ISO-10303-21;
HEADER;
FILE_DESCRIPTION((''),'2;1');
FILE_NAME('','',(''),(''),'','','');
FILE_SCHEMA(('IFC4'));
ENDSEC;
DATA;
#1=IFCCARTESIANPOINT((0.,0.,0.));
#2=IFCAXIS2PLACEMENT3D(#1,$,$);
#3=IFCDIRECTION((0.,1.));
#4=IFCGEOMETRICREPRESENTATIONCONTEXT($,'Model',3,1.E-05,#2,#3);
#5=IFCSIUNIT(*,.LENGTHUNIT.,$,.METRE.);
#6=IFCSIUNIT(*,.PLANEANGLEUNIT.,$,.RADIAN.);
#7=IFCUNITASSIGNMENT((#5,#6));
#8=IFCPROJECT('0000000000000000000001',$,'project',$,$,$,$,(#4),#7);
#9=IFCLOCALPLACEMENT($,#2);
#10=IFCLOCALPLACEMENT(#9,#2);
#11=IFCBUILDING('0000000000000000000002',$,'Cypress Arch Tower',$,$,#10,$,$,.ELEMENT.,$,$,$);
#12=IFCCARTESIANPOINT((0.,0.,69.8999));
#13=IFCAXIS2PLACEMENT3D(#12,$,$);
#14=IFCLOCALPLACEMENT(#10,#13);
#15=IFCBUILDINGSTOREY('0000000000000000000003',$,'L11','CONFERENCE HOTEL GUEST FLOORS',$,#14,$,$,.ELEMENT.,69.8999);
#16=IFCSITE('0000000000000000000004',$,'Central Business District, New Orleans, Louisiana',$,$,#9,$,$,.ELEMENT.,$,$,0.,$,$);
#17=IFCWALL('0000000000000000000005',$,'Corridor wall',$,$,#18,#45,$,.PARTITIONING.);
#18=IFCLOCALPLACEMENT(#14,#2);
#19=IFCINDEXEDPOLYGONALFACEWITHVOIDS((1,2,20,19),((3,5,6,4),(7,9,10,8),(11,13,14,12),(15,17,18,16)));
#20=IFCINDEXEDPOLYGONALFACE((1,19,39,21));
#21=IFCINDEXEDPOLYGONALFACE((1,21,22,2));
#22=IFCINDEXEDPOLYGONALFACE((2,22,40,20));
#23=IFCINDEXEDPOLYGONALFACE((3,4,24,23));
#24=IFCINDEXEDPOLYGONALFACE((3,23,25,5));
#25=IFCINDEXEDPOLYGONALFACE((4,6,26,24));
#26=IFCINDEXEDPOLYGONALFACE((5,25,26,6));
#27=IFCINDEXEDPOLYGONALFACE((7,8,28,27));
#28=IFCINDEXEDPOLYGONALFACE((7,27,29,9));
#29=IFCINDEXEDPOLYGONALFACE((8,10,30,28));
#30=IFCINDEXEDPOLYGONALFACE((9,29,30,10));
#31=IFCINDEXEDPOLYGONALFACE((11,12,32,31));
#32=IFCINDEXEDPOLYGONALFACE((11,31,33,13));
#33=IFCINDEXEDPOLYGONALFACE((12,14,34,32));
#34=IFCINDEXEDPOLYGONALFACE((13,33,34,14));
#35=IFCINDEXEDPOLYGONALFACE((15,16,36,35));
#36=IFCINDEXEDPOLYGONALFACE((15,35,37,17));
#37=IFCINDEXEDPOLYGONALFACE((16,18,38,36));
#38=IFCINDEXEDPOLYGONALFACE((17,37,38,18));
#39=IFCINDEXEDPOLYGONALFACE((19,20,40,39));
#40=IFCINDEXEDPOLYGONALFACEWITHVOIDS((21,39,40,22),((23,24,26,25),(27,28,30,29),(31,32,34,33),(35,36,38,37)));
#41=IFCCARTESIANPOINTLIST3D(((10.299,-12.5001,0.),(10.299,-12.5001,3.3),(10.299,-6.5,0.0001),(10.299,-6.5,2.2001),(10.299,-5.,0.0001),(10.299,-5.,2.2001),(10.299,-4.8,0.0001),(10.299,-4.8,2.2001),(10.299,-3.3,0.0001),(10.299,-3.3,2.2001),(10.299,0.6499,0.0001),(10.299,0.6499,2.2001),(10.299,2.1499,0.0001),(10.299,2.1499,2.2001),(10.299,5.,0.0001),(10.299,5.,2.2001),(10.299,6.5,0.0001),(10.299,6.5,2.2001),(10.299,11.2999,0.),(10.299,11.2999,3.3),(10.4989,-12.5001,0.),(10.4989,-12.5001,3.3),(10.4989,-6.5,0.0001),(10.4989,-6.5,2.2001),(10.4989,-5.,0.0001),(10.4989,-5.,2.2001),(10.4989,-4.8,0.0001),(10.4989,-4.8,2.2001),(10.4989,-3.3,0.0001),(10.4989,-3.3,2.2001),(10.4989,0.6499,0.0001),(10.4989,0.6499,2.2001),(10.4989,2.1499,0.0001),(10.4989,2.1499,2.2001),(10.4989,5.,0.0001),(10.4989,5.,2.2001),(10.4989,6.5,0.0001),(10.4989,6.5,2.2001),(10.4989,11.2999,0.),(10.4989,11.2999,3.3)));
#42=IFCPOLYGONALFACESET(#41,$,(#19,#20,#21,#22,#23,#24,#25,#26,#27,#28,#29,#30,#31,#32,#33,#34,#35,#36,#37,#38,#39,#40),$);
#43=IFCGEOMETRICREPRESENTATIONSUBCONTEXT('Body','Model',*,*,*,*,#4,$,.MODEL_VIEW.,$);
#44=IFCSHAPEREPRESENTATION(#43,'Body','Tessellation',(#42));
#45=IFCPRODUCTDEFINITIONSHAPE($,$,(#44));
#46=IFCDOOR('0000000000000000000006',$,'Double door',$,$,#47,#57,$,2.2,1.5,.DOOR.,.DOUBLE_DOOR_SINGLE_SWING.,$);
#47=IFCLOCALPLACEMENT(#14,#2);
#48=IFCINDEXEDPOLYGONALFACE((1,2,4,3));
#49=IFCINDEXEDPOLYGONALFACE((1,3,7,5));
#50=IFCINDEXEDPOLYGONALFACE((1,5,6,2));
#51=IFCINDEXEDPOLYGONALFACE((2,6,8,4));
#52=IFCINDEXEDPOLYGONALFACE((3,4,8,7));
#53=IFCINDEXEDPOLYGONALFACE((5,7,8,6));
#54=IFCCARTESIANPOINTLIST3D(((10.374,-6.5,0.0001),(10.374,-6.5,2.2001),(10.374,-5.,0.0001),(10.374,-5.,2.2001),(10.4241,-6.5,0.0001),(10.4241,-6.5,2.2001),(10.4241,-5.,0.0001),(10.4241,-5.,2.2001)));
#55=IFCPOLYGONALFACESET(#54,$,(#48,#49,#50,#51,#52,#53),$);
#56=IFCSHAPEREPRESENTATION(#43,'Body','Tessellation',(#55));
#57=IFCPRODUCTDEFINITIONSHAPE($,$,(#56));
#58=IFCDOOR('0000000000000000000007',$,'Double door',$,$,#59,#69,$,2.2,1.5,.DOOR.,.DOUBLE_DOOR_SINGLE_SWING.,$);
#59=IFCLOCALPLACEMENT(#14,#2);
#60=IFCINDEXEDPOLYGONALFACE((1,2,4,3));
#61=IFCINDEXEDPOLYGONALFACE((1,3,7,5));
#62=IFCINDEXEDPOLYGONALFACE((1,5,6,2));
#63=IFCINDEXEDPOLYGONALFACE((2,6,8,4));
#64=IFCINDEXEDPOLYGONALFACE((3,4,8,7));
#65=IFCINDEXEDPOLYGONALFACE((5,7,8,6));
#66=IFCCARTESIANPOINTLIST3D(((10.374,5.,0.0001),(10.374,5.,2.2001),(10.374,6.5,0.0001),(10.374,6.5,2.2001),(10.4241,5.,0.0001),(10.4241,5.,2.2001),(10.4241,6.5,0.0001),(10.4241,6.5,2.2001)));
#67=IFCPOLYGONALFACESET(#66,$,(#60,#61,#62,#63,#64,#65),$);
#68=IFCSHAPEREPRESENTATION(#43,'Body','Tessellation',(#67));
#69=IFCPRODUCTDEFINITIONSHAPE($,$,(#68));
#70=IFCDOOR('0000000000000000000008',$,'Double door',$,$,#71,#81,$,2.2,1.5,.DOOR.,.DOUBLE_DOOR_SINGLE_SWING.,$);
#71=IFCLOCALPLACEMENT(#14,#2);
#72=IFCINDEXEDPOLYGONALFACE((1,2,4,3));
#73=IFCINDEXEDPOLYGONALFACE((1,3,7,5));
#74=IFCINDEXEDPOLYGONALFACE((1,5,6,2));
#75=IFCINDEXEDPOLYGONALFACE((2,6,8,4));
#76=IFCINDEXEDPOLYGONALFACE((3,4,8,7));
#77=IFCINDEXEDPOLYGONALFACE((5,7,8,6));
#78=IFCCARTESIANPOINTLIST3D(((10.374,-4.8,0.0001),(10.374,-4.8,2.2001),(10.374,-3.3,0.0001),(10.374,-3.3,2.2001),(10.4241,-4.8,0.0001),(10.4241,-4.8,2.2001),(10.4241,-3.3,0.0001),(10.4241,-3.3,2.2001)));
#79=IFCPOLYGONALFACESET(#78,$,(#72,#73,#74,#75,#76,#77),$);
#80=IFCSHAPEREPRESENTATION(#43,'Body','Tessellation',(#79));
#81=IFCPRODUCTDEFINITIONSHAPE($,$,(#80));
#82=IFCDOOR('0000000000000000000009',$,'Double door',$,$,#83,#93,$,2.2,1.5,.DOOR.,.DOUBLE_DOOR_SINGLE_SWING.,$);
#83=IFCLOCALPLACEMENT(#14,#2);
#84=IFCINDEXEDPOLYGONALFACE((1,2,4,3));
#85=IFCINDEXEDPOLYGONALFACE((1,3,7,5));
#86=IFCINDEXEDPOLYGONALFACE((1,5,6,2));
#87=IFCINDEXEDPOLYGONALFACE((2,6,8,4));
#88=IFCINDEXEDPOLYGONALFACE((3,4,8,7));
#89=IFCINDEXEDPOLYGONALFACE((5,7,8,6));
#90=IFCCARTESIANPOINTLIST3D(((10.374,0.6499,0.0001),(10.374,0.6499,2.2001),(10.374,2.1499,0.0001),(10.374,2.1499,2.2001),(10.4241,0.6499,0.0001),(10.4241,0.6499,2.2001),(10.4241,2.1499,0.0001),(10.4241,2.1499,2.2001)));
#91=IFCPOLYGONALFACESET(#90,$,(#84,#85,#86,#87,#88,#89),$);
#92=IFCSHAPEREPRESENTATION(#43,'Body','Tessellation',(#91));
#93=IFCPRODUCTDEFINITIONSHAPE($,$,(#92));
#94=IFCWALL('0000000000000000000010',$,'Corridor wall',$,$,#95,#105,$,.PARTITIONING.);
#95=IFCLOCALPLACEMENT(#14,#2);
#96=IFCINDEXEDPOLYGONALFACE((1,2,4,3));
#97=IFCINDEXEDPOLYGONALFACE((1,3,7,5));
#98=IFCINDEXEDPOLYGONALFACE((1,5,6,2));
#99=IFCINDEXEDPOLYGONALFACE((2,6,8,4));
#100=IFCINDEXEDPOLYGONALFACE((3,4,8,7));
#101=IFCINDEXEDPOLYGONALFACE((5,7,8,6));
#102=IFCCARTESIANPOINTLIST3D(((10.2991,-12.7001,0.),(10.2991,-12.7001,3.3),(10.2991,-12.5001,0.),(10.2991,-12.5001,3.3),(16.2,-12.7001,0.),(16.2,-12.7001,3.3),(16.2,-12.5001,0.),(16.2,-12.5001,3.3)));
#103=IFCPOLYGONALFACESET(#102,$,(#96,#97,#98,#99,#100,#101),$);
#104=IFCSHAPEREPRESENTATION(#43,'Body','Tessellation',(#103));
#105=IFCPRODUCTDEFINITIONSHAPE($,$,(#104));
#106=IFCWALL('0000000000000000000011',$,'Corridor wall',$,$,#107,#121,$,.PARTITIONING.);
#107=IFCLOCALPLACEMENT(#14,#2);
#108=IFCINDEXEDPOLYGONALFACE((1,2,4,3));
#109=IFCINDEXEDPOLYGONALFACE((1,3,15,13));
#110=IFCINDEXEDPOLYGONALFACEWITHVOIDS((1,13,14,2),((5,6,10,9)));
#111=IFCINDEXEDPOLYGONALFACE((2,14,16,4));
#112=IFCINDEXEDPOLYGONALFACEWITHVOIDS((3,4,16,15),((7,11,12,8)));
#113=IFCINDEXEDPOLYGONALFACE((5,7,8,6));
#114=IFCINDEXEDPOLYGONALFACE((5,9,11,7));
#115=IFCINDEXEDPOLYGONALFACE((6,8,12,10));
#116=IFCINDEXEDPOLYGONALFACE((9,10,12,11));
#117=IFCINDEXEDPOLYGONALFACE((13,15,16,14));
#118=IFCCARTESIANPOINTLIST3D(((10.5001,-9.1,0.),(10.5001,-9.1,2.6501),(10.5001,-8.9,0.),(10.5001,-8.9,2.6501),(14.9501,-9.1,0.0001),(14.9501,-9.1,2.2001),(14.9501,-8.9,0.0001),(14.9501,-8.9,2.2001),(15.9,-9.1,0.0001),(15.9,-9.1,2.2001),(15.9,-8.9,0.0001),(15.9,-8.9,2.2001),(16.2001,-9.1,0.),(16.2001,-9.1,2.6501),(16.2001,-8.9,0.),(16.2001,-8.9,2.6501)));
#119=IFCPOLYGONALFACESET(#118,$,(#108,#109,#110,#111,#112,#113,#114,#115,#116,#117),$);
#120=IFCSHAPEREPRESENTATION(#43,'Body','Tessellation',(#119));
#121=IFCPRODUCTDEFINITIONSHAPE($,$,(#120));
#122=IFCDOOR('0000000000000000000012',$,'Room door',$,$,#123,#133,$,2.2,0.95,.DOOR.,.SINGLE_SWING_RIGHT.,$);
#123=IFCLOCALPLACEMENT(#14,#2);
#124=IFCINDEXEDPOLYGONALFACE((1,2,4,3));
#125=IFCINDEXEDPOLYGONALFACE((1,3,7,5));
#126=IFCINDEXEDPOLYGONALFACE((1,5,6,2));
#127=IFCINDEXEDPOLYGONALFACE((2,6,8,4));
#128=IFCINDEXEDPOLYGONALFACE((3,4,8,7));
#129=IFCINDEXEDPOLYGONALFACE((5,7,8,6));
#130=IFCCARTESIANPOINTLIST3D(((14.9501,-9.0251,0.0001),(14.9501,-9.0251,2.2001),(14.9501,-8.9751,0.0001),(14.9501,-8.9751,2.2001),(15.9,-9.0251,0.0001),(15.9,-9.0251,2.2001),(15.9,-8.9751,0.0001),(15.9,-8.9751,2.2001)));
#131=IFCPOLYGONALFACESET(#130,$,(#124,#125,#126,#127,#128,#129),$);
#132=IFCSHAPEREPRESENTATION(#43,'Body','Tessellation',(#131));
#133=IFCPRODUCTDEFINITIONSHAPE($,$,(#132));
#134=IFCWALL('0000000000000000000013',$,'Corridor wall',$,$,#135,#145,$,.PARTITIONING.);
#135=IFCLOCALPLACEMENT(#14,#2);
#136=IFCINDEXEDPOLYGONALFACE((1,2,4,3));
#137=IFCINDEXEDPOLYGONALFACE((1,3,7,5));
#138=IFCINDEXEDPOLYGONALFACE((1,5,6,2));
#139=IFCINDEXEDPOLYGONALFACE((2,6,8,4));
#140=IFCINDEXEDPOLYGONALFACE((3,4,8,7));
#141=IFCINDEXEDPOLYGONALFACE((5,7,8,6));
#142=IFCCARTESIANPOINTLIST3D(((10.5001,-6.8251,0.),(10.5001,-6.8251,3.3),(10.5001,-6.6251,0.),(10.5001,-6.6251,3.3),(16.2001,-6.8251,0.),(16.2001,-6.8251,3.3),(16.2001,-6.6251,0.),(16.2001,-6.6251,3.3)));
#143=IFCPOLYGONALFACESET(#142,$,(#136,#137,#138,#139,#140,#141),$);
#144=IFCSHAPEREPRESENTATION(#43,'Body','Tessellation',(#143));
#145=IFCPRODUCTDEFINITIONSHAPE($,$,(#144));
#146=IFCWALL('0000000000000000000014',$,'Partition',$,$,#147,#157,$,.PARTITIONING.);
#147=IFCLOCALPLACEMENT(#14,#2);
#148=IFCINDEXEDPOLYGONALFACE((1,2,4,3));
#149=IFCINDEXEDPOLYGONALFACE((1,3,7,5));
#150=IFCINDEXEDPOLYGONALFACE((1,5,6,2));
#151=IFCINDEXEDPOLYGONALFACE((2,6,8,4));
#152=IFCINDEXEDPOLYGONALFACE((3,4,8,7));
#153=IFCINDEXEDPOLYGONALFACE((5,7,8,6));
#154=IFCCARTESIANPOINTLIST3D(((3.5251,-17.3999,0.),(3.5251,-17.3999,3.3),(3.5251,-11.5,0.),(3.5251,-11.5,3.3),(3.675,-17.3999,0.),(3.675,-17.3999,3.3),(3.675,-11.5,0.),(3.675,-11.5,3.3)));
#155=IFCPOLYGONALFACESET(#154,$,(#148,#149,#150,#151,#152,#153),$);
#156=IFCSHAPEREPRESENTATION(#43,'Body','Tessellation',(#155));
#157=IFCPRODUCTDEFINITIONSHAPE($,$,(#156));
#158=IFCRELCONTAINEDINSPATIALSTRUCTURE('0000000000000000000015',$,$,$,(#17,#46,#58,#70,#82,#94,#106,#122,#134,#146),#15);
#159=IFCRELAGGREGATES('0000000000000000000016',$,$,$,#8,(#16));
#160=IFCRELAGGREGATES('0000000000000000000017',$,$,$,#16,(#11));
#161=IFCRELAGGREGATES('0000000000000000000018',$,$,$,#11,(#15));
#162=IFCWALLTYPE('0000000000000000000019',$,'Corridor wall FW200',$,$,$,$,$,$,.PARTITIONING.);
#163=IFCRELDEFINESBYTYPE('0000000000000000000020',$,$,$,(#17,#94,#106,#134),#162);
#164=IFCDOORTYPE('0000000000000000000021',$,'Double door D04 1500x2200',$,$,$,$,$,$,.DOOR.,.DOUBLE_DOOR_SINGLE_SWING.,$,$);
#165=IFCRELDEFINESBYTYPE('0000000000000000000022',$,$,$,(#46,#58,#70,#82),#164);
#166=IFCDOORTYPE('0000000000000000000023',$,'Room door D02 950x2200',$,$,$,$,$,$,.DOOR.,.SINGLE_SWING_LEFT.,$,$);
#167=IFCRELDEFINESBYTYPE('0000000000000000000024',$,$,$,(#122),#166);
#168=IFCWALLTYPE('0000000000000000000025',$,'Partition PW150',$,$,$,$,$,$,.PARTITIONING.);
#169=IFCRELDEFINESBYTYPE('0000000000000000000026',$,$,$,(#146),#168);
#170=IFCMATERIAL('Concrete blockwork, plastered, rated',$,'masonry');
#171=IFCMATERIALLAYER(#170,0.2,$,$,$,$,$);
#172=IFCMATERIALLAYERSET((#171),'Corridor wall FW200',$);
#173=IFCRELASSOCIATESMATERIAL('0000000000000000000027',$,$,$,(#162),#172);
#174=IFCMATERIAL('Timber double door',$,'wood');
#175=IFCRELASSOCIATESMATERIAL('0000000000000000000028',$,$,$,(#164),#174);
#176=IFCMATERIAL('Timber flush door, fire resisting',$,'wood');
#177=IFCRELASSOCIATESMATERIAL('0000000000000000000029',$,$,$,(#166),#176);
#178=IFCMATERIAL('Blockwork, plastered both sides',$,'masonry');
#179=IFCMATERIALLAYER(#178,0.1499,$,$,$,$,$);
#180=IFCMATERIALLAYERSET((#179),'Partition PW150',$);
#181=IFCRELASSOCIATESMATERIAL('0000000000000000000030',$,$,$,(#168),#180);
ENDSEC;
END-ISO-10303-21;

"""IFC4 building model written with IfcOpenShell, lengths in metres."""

from ifc_helpers import new_model, si_unit, direction, frame, frame_2d, origin, place, context, subcontext, project, spatial, rectangle, extrude, material, layer, layer_set, type_object, element, fill, save


model = new_model("IFC4")

# Units and contexts
model_context = context("Model", 3, precision=1e-05, world=origin(), true_north=direction((0.0, 1.0)))
body_context = subcontext(model_context, "Body", "Model", "MODEL_VIEW")
ifc_project = project(units=[si_unit("LENGTHUNIT", "METRE"), si_unit("PLANEANGLEUNIT", "RADIAN")], contexts=[model_context])

# Site, building, storey
site_placement = place(None, origin())
site = spatial("IfcSite", under=ifc_project, at=site_placement, Name="Central Business District, New Orleans, Louisiana", CompositionType="ELEMENT", RefElevation=0.0)
building_placement = place(site_placement, origin())
building = spatial("IfcBuilding", under=site, at=building_placement, Name="Cypress Arch Tower", CompositionType="ELEMENT")
storey_placement = place(building_placement, frame((0.0, 0.0, 69.8999)))
storey = spatial("IfcBuildingStorey", under=building, at=storey_placement, Name="L11", Description="CONFERENCE HOTEL GUEST FLOORS", CompositionType="ELEMENT", Elevation=69.8999)

# Shared definitions
ifc_material_1 = material(Name="Concrete blockwork, plastered, rated", Category="masonry")
ifc_layer_1 = layer(ifc_material_1, 0.2)
ifc_layer_set_1 = layer_set([ifc_layer_1], Name="Corridor wall FW200")
wall_type_1 = type_object("IfcWallType", Name="Corridor wall FW200", PredefinedType="PARTITIONING", material=ifc_layer_set_1)

# Wall, openings, doors
wall_1_placement = place(storey_placement, frame((10.3989, -12.5, 0.0), z_axis=(0.0, 0.0, 1.0), x_axis=(0.0, 1.0, 0.0)))
wall_1 = element("IfcWall", 1, at=wall_1_placement, inside=storey, type_object=wall_type_1, Name="Corridor wall", PredefinedType="PARTITIONING", context=body_context, shape_type="SweptSolid", body=[
    extrude(rectangle(XDim=23.8, YDim=0.2, at=frame_2d((11.8999, 0.0))), origin(), (0.0, 0.0, 1.0), 3.3),
])
opening_1_placement = place(wall_1_placement, frame((6.0, 0.0, 0.0)))
opening_1 = element("IfcOpeningElement", 2, at=opening_1_placement, cuts=wall_1, PredefinedType="OPENING", context=body_context, shape_type="SweptSolid", body=[
    extrude(rectangle(XDim=1.5, YDim=2.2, at=frame_2d((0.75, 1.1001))), frame((0.0, 0.1099, 0.0), z_axis=(0.0, -1.0, 0.0), x_axis=(1.0, 0.0, 0.0)), (0.0, 0.0, 1.0), 0.22),
])
opening_2_placement = place(wall_1_placement, frame((17.5, 0.0, 0.0)))
opening_2 = element("IfcOpeningElement", 3, at=opening_2_placement, cuts=wall_1, PredefinedType="OPENING", context=body_context, shape_type="SweptSolid", body=[
    extrude(rectangle(XDim=1.5, YDim=2.2, at=frame_2d((0.75, 1.1001))), frame((0.0, 0.1099, 0.0), z_axis=(0.0, -1.0, 0.0), x_axis=(1.0, 0.0, 0.0)), (0.0, 0.0, 1.0), 0.22),
])
opening_3_placement = place(wall_1_placement, frame((7.7, 0.0, 0.0)))
opening_3 = element("IfcOpeningElement", 4, at=opening_3_placement, cuts=wall_1, PredefinedType="OPENING", context=body_context, shape_type="SweptSolid", body=[
    extrude(rectangle(XDim=1.5, YDim=2.2, at=frame_2d((0.75, 1.1001))), frame((0.0, 0.1099, 0.0), z_axis=(0.0, -1.0, 0.0), x_axis=(1.0, 0.0, 0.0)), (0.0, 0.0, 1.0), 0.22),
])
opening_4_placement = place(wall_1_placement, frame((13.1499, 0.0, 0.0)))
opening_4 = element("IfcOpeningElement", 5, at=opening_4_placement, cuts=wall_1, PredefinedType="OPENING", context=body_context, shape_type="SweptSolid", body=[
    extrude(rectangle(XDim=1.5, YDim=2.2, at=frame_2d((0.75, 1.1001))), frame((0.0, 0.1099, 0.0), z_axis=(0.0, -1.0, 0.0), x_axis=(1.0, 0.0, 0.0)), (0.0, 0.0, 1.0), 0.22),
])
ifc_material_2 = material(Name="Timber double door", Category="wood")
door_type_1 = type_object("IfcDoorType", Name="Double door D04 1500x2200", OperationType="DOUBLE_DOOR_SINGLE_SWING", PredefinedType="DOOR", material=ifc_material_2)
door_1_placement = place(opening_1_placement, origin())
door_1 = element("IfcDoor", 6, at=door_1_placement, inside=storey, type_object=door_type_1, Name="Double door", OperationType="DOUBLE_DOOR_SINGLE_SWING", OverallHeight=2.2, OverallWidth=1.5, PredefinedType="DOOR", context=body_context, shape_type="SweptSolid", body=[
    extrude(rectangle(XDim=1.5, YDim=2.2, at=frame_2d((0.75, 1.1001))), frame((0.0, 0.0249, 0.0), z_axis=(0.0, -1.0, 0.0), x_axis=(1.0, 0.0, 0.0)), (0.0, 0.0, 1.0), 0.05),
])
fill(opening_1, door_1)
door_2_placement = place(opening_2_placement, origin())
door_2 = element("IfcDoor", 7, at=door_2_placement, inside=storey, type_object=door_type_1, Name="Double door", OperationType="DOUBLE_DOOR_SINGLE_SWING", OverallHeight=2.2, OverallWidth=1.5, PredefinedType="DOOR", context=body_context, shape_type="SweptSolid", body=[
    extrude(rectangle(XDim=1.5, YDim=2.2, at=frame_2d((0.75, 1.1001))), frame((0.0, 0.0249, 0.0), z_axis=(0.0, -1.0, 0.0), x_axis=(1.0, 0.0, 0.0)), (0.0, 0.0, 1.0), 0.05),
])
fill(opening_2, door_2)
door_3_placement = place(opening_3_placement, origin())
door_3 = element("IfcDoor", 8, at=door_3_placement, inside=storey, type_object=door_type_1, Name="Double door", OperationType="DOUBLE_DOOR_SINGLE_SWING", OverallHeight=2.2, OverallWidth=1.5, PredefinedType="DOOR", context=body_context, shape_type="SweptSolid", body=[
    extrude(rectangle(XDim=1.5, YDim=2.2, at=frame_2d((0.75, 1.1001))), frame((0.0, 0.0249, 0.0), z_axis=(0.0, -1.0, 0.0), x_axis=(1.0, 0.0, 0.0)), (0.0, 0.0, 1.0), 0.05),
])
fill(opening_3, door_3)
door_4_placement = place(opening_4_placement, origin())
door_4 = element("IfcDoor", 9, at=door_4_placement, inside=storey, type_object=door_type_1, Name="Double door", OperationType="DOUBLE_DOOR_SINGLE_SWING", OverallHeight=2.2, OverallWidth=1.5, PredefinedType="DOOR", context=body_context, shape_type="SweptSolid", body=[
    extrude(rectangle(XDim=1.5, YDim=2.2, at=frame_2d((0.75, 1.1001))), frame((0.0, 0.0249, 0.0), z_axis=(0.0, -1.0, 0.0), x_axis=(1.0, 0.0, 0.0)), (0.0, 0.0, 1.0), 0.05),
])
fill(opening_4, door_4)

# Wall
wall_2_placement = place(storey_placement, frame((10.2991, -12.6001, 0.0), z_axis=(0.0, 0.0, 1.0), x_axis=(1.0, 0.0, 0.0)))
element("IfcWall", 10, at=wall_2_placement, inside=storey, type_object=wall_type_1, Name="Corridor wall", PredefinedType="PARTITIONING", context=body_context, shape_type="SweptSolid", body=[
    extrude(rectangle(XDim=5.9009, YDim=0.2, at=frame_2d((2.9504, 0.0))), origin(), (0.0, 0.0, 1.0), 3.3),
])

# Wall, opening, door
wall_3_placement = place(storey_placement, frame((10.5, -9.0, 0.0), z_axis=(0.0, 0.0, 1.0), x_axis=(1.0, 0.0, 0.0)))
wall_3 = element("IfcWall", 11, at=wall_3_placement, inside=storey, type_object=wall_type_1, Name="Corridor wall", PredefinedType="PARTITIONING", context=body_context, shape_type="SweptSolid", body=[
    extrude(rectangle(XDim=5.7, YDim=0.2, at=frame_2d((2.8501, 0.0))), origin(), (0.0, 0.0, 1.0), 2.6501),
])
opening_5_placement = place(wall_3_placement, frame((4.45, 0.0, 0.0)))
opening_5 = element("IfcOpeningElement", 12, at=opening_5_placement, cuts=wall_3, PredefinedType="OPENING", context=body_context, shape_type="SweptSolid", body=[
    extrude(rectangle(XDim=0.95, YDim=2.2, at=frame_2d((0.4751, 1.1001))), frame((0.0, 0.1099, 0.0), z_axis=(0.0, -1.0, 0.0), x_axis=(1.0, 0.0, 0.0)), (0.0, 0.0, 1.0), 0.22),
])
ifc_material_3 = material(Name="Timber flush door, fire resisting", Category="wood")
door_type_2 = type_object("IfcDoorType", Name="Room door D02 950x2200", OperationType="SINGLE_SWING_LEFT", PredefinedType="DOOR", material=ifc_material_3)
door_5_placement = place(opening_5_placement, origin())
door_5 = element("IfcDoor", 13, at=door_5_placement, inside=storey, type_object=door_type_2, Name="Room door", OperationType="SINGLE_SWING_RIGHT", OverallHeight=2.2, OverallWidth=0.95, PredefinedType="DOOR", context=body_context, shape_type="SweptSolid", body=[
    extrude(rectangle(XDim=0.95, YDim=2.2, at=frame_2d((0.4751, 1.1001))), frame((0.0, 0.0249, 0.0), z_axis=(0.0, -1.0, 0.0), x_axis=(1.0, 0.0, 0.0)), (0.0, 0.0, 1.0), 0.05),
])
fill(opening_5, door_5)

# Walls
wall_4_placement = place(storey_placement, frame((10.5, -6.7251, 0.0), z_axis=(0.0, 0.0, 1.0), x_axis=(1.0, 0.0, 0.0)))
element("IfcWall", 14, at=wall_4_placement, inside=storey, type_object=wall_type_1, Name="Corridor wall", PredefinedType="PARTITIONING", context=body_context, shape_type="SweptSolid", body=[
    extrude(rectangle(XDim=5.7, YDim=0.2, at=frame_2d((2.8501, 0.0))), origin(), (0.0, 0.0, 1.0), 3.3),
])
ifc_material_4 = material(Name="Blockwork, plastered both sides", Category="masonry")
ifc_layer_2 = layer(ifc_material_4, 0.1499)
ifc_layer_set_2 = layer_set([ifc_layer_2], Name="Partition PW150")
wall_type_2 = type_object("IfcWallType", Name="Partition PW150", PredefinedType="PARTITIONING", material=ifc_layer_set_2)
wall_5_placement = place(storey_placement, frame((3.6001, -17.3999, 0.0), z_axis=(0.0, 0.0, 1.0), x_axis=(0.0, 1.0, 0.0)))
element("IfcWall", 15, at=wall_5_placement, inside=storey, type_object=wall_type_2, Name="Partition", PredefinedType="PARTITIONING", context=body_context, shape_type="SweptSolid", body=[
    extrude(rectangle(XDim=5.8999, YDim=0.1499, at=frame_2d((2.95, 0.0))), origin(), (0.0, 0.0, 1.0), 3.3),
])

save(model, "model.ifc")
